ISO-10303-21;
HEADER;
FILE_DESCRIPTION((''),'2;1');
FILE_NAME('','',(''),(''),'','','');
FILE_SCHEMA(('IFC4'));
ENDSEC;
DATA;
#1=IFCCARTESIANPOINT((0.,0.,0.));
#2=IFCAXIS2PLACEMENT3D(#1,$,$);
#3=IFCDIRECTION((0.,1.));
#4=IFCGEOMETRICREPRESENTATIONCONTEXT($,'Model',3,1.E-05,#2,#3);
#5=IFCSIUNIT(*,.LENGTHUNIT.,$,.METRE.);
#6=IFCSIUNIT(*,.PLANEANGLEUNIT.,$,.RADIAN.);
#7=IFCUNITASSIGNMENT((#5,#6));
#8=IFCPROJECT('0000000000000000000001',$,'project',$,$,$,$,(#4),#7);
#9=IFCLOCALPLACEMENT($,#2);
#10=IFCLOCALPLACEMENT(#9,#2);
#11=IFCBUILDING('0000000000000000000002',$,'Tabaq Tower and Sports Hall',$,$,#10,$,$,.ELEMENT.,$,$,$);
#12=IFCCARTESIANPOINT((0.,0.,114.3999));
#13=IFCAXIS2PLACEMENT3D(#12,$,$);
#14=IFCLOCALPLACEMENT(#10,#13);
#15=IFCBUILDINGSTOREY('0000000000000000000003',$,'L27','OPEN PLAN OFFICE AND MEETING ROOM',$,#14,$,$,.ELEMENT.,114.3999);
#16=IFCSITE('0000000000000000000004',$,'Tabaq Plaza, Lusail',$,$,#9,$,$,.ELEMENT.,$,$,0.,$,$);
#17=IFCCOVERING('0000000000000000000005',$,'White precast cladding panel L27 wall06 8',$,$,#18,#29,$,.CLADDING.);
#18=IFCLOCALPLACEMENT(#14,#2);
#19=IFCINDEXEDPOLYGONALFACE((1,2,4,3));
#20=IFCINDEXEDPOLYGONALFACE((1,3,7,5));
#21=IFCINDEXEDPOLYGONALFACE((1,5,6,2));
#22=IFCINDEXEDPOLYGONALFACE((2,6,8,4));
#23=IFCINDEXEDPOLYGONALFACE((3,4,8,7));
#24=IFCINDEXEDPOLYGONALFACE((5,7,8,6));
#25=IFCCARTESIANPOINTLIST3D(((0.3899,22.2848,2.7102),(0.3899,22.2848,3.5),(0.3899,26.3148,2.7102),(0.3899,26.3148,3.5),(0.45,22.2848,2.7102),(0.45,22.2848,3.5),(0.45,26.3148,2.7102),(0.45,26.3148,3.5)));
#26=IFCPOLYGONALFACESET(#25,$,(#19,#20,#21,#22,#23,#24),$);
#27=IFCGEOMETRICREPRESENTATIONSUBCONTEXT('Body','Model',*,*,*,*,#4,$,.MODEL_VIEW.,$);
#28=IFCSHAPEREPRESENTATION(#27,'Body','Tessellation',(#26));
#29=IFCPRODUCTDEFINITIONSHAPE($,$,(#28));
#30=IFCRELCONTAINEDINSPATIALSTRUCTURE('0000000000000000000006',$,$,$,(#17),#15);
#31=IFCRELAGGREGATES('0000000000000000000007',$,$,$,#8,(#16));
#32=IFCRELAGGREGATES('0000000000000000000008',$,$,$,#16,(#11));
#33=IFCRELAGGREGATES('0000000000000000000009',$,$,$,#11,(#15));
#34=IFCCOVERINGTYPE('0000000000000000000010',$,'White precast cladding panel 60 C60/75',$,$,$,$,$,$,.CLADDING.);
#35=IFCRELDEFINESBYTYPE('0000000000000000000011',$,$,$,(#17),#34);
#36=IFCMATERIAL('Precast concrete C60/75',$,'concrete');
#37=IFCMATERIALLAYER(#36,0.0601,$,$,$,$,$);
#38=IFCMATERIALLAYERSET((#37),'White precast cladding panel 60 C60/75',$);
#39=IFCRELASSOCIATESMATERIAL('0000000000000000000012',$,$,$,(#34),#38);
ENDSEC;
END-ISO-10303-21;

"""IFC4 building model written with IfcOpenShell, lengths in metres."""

from ifc_helpers import new_model, si_unit, direction, frame, frame_2d, origin, place, context, subcontext, project, spatial, rectangle, extrude, material, layer, layer_set, type_object, element, save


model = new_model("IFC4")

# Units and contexts
model_context = context("Model", 3, precision=1e-05, world=origin(), true_north=direction((0.0, 1.0)))
body_context = subcontext(model_context, "Body", "Model", "MODEL_VIEW")
ifc_project = project(units=[si_unit("LENGTHUNIT", "METRE"), si_unit("PLANEANGLEUNIT", "RADIAN")], contexts=[model_context])

# Site, building, storey
site_placement = place(None, origin())
site = spatial("IfcSite", under=ifc_project, at=site_placement, Name="Tabaq Plaza, Lusail", CompositionType="ELEMENT", RefElevation=0.0)
building_placement = place(site_placement, origin())
building = spatial("IfcBuilding", under=site, at=building_placement, Name="Tabaq Tower and Sports Hall", CompositionType="ELEMENT")
storey_placement = place(building_placement, frame((0.0, 0.0, 114.3999)))
storey = spatial("IfcBuildingStorey", under=building, at=storey_placement, Name="L27", Description="OPEN PLAN OFFICE AND MEETING ROOM", CompositionType="ELEMENT", Elevation=114.3999)

# Covering
ifc_material_1 = material(Name="Precast concrete C60/75", Category="concrete")
ifc_layer_1 = layer(ifc_material_1, 0.0601)
ifc_layer_set_1 = layer_set([ifc_layer_1], Name="White precast cladding panel 60 C60/75")
covering_type_1 = type_object("IfcCoveringType", Name="White precast cladding panel 60 C60/75", PredefinedType="CLADDING", material=ifc_layer_set_1)
covering_1_placement = place(storey_placement, frame((0.4199, 26.3149, 2.7102), z_axis=(0.0, 0.0, 1.0), x_axis=(0.0, -1.0, 0.0)))
element("IfcCovering", 1, at=covering_1_placement, inside=storey, type_object=covering_type_1, Name="White precast cladding panel L27 wall06 8", PredefinedType="CLADDING", context=body_context, shape_type="SweptSolid", body=[
    extrude(rectangle(XDim=4.03, YDim=0.0601, at=frame_2d((2.0151, 0.0))), origin(), (0.0, 0.0, 1.0), 0.7898),
])

save(model, "model.ifc")
